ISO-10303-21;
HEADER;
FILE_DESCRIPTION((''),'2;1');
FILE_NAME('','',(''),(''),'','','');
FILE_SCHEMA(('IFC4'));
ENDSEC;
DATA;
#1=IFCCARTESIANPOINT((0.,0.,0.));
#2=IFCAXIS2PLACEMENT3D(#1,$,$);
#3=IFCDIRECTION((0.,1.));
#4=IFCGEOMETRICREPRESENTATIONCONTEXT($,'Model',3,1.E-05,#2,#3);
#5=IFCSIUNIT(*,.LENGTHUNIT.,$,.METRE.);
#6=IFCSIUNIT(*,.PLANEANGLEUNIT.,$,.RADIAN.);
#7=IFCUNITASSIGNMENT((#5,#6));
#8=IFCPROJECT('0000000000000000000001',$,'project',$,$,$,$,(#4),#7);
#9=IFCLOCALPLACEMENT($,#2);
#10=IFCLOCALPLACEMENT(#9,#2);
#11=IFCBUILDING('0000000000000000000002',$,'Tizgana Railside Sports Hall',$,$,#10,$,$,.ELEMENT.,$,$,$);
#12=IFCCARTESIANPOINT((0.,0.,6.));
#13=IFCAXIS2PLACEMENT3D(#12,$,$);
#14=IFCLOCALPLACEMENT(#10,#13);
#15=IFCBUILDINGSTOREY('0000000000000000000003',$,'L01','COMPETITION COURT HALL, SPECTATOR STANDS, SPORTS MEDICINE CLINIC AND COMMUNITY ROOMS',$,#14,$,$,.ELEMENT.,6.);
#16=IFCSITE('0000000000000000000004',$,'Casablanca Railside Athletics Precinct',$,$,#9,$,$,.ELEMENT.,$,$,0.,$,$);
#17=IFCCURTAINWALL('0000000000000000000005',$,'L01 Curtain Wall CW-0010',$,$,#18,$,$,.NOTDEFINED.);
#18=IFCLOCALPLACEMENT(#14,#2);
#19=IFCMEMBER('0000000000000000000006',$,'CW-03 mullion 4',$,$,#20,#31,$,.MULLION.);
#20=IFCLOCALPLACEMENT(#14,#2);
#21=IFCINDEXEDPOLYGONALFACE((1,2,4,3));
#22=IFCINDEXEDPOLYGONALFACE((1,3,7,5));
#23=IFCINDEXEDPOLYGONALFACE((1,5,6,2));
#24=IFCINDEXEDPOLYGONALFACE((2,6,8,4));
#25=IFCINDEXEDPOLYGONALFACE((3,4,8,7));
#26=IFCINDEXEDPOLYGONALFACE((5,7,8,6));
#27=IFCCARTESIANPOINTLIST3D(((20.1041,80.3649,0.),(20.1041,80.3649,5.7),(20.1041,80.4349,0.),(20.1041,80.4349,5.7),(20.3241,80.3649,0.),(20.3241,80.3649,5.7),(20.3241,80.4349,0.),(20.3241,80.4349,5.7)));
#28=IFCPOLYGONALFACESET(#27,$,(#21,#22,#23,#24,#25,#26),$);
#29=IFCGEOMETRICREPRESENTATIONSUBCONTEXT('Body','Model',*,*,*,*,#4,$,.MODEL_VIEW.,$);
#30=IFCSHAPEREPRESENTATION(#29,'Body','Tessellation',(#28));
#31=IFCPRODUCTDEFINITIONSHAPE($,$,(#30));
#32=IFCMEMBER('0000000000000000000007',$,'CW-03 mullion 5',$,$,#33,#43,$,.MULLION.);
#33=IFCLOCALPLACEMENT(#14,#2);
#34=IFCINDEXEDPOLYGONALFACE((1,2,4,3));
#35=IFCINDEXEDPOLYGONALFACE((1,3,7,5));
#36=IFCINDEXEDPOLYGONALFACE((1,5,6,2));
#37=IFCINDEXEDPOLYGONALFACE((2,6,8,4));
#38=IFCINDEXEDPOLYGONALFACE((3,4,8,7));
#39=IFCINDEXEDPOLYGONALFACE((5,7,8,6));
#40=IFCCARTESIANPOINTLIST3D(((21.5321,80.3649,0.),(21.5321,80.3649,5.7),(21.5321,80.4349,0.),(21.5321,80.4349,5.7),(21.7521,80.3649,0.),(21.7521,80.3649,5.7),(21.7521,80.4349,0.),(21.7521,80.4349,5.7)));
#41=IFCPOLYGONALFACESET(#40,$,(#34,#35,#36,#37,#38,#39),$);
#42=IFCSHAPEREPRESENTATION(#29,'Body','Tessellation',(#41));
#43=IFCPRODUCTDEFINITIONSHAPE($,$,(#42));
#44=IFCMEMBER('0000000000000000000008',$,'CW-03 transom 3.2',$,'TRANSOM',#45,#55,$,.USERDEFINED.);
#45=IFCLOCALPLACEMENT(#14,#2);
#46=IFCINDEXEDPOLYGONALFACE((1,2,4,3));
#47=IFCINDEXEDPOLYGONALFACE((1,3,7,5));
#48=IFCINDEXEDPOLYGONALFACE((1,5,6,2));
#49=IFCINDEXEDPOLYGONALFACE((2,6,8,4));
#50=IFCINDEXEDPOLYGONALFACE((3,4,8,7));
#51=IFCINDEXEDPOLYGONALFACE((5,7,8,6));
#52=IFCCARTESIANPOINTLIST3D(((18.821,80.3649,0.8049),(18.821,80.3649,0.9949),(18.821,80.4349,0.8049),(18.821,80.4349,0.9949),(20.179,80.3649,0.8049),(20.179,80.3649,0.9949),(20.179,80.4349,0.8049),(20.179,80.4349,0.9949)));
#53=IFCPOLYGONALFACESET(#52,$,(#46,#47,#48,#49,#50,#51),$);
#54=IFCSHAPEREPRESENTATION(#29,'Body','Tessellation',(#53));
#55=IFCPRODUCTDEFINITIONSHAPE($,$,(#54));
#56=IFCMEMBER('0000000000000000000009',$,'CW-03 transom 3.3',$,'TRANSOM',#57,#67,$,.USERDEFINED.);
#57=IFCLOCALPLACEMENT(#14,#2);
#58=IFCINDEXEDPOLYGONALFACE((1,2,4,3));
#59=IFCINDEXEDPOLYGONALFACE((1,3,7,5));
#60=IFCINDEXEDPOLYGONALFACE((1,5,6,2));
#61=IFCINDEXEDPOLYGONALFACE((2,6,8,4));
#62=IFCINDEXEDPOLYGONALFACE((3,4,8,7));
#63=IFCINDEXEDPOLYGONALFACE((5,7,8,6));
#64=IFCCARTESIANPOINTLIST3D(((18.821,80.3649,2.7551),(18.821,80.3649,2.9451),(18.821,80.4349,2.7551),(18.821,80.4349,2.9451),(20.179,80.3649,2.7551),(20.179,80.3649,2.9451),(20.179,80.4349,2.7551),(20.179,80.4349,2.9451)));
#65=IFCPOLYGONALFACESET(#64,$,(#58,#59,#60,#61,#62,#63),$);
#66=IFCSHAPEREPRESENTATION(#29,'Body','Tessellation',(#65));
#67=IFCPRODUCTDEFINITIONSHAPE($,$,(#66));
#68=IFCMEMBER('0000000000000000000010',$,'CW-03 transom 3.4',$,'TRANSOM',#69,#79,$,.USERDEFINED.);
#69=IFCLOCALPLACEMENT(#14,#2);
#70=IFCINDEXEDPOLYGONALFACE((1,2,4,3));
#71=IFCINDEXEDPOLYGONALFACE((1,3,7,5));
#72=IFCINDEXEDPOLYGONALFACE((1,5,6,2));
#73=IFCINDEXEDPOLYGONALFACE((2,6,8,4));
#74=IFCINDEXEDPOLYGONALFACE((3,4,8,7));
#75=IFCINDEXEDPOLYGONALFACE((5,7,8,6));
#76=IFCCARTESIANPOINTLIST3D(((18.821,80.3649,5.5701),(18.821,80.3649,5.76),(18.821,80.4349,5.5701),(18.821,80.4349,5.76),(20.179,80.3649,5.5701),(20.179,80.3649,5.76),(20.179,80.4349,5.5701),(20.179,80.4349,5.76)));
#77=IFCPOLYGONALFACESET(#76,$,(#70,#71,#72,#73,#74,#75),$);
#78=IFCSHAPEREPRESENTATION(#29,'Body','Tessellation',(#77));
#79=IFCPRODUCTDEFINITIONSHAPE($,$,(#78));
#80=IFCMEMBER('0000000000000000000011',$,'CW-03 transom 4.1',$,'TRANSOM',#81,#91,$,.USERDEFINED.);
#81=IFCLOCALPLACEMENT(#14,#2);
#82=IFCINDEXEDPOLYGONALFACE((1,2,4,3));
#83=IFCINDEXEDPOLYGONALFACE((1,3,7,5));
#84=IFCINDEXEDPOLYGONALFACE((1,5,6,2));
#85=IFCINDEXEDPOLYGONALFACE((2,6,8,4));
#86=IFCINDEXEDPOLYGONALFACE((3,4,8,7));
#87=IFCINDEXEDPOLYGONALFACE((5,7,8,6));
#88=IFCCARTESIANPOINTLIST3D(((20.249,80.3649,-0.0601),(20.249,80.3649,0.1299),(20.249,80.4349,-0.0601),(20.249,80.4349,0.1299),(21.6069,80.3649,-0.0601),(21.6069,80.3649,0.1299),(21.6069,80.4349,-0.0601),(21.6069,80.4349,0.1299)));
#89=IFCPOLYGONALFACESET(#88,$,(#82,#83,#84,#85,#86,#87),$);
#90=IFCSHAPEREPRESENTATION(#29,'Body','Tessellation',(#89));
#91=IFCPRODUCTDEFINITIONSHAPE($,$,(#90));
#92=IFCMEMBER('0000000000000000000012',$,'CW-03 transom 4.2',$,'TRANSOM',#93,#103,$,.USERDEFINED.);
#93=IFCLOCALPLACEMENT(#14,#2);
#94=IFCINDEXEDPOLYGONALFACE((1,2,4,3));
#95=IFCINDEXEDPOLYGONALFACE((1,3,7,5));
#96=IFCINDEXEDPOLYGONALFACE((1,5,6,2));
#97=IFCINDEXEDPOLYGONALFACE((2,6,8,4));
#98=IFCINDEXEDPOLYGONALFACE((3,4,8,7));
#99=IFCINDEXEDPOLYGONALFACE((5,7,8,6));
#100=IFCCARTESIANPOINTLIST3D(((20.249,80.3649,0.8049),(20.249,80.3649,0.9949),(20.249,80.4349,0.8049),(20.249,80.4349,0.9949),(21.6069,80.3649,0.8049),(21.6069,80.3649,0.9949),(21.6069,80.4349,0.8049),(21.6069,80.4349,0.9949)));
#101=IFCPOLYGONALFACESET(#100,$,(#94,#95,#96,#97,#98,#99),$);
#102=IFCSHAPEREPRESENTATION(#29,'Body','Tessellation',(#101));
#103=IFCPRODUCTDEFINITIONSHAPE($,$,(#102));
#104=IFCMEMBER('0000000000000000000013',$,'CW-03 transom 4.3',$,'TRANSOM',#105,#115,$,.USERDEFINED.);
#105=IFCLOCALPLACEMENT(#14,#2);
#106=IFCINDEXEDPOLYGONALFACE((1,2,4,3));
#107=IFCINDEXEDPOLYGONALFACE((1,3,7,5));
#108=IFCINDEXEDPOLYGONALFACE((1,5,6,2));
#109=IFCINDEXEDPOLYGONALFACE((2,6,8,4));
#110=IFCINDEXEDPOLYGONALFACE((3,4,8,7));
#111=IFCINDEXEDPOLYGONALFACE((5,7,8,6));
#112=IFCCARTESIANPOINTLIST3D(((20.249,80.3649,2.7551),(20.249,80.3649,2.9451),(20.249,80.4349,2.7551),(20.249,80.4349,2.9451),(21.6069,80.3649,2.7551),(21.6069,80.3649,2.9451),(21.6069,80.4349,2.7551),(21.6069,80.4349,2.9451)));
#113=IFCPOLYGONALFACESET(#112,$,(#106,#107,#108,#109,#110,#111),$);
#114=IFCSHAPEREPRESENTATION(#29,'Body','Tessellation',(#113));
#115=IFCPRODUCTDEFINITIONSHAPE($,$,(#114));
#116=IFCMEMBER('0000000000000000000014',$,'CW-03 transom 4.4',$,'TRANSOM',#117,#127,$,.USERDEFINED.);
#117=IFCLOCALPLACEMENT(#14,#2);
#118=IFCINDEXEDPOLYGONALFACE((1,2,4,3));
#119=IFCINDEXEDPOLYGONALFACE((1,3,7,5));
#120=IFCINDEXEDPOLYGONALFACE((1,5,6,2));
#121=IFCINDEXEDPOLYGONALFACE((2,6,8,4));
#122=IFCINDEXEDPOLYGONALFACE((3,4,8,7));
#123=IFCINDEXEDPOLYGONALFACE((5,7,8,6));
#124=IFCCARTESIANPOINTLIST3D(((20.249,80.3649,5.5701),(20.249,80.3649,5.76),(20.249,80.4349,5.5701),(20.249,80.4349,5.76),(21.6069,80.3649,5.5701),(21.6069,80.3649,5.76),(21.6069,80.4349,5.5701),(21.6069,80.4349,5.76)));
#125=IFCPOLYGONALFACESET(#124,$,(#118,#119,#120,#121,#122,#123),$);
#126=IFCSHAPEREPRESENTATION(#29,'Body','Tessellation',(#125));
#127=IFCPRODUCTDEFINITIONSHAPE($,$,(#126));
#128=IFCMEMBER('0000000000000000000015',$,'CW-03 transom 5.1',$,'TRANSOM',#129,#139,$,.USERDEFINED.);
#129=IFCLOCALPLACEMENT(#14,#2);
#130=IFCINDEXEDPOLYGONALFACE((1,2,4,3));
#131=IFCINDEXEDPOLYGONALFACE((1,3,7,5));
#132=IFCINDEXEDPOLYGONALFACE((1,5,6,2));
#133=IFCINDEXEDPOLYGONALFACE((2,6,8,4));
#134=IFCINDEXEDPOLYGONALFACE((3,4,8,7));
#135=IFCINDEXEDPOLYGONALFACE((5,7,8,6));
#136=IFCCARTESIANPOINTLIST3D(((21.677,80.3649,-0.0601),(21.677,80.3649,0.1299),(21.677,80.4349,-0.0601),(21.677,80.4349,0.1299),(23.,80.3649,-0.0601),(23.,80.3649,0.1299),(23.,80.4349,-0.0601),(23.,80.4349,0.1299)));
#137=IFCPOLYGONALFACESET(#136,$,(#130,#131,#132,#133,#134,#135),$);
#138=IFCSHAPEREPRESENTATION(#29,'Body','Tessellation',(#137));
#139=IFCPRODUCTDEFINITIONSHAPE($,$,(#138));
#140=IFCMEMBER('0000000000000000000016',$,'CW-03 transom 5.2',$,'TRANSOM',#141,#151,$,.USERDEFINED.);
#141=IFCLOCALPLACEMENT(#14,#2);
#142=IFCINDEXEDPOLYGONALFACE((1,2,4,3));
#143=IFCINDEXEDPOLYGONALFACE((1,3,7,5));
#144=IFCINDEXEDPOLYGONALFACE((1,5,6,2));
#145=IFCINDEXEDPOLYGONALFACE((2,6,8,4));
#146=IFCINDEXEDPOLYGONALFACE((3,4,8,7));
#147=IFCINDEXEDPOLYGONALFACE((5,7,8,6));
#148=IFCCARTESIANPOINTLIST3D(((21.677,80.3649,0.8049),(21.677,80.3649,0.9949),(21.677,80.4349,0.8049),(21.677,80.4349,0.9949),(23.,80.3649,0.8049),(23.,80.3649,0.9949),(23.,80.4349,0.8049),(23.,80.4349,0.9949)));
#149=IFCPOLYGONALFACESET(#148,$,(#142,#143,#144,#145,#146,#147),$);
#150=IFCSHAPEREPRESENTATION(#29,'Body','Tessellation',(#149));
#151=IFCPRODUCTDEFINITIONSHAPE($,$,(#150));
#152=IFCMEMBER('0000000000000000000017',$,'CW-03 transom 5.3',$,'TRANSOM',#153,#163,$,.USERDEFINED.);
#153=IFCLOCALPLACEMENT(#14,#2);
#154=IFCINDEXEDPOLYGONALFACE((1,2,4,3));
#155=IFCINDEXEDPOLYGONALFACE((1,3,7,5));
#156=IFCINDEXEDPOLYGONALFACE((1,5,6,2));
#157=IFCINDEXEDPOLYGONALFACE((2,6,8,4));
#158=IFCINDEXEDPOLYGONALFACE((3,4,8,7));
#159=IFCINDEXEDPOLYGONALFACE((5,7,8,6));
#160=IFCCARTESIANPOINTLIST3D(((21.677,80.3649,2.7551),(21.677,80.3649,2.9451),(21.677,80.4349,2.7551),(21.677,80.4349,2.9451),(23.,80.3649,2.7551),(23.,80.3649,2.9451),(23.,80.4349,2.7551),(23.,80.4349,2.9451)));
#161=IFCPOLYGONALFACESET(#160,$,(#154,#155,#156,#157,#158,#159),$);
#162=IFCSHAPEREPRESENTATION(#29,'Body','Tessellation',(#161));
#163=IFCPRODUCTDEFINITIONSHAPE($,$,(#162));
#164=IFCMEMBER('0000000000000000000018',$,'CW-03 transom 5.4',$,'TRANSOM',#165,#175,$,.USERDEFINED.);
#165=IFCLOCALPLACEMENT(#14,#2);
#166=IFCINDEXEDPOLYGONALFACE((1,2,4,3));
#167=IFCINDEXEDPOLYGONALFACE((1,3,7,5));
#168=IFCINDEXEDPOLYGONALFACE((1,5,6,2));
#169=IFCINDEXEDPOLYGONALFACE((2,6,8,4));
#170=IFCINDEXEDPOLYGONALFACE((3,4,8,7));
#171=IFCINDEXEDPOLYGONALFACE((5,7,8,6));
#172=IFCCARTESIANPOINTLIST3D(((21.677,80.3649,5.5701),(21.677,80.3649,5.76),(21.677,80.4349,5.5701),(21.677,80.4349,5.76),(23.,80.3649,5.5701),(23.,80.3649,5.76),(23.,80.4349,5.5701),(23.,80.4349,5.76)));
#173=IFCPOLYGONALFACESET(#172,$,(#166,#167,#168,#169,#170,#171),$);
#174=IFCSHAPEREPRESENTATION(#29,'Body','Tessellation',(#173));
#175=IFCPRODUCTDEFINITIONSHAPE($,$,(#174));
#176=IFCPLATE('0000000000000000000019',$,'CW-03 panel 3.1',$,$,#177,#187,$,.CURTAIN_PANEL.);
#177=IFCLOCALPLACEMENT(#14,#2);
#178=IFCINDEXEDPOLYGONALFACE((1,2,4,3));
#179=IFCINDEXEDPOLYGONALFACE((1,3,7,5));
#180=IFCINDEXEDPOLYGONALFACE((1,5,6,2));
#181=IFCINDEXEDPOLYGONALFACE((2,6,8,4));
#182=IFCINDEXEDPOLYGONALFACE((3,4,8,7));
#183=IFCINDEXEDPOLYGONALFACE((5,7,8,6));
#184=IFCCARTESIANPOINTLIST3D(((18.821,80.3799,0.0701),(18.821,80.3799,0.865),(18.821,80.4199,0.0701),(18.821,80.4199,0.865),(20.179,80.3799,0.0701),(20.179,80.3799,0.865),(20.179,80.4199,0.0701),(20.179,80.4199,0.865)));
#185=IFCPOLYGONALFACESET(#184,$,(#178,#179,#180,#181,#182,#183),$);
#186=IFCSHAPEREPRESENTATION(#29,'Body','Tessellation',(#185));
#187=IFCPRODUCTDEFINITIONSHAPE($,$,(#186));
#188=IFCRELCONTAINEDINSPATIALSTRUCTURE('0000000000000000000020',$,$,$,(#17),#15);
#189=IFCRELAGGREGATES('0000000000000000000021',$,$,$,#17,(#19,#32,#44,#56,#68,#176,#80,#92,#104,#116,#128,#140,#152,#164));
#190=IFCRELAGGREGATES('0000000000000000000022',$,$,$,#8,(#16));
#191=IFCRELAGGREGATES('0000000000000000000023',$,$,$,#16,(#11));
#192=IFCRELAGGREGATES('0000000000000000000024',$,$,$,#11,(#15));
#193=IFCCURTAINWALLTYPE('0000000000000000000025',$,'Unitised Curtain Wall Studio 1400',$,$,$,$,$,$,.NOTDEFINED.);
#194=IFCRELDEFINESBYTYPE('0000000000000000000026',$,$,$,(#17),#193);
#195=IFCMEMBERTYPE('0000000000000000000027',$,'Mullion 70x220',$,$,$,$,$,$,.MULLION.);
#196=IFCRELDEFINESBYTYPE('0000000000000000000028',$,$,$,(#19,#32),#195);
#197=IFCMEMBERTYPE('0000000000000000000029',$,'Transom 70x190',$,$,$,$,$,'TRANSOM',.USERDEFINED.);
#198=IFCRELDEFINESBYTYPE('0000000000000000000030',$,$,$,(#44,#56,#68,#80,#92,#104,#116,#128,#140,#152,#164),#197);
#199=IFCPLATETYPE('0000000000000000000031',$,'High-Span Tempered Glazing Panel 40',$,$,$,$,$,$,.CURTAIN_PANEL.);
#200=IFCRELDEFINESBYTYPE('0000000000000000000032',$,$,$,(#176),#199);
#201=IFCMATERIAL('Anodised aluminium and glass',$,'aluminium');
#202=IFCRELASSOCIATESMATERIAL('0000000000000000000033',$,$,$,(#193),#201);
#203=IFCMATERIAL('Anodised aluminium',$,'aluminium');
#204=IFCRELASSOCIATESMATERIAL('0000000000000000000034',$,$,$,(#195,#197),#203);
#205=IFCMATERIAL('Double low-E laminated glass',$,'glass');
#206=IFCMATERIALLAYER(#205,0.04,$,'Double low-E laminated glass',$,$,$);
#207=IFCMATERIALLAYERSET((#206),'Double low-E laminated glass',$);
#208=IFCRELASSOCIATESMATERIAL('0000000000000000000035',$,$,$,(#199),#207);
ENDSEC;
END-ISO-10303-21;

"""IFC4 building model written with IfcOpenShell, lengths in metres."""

from ifc_helpers import new_model, si_unit, direction, frame, origin, origin_2d, place, context, subcontext, project, spatial, rectangle, extrude, material, layer, layer_set, material_profile, profile_set, type_object, element, aggregate, save


model = new_model("IFC4")

# Units and contexts
model_context = context("Model", 3, precision=1e-05, world=origin(), true_north=direction((0.0, 1.0)))
body_context = subcontext(model_context, "Body", "Model", "MODEL_VIEW")
ifc_project = project(units=[si_unit("LENGTHUNIT", "METRE"), si_unit("PLANEANGLEUNIT", "RADIAN")], contexts=[model_context])

# Site, building, storey
site_placement = place(None, origin())
site = spatial("IfcSite", under=ifc_project, at=site_placement, Name="Casablanca Railside Athletics Precinct", CompositionType="ELEMENT", RefElevation=0.0)
building_placement = place(site_placement, origin())
building = spatial("IfcBuilding", under=site, at=building_placement, Name="Tizgana Railside Sports Hall", CompositionType="ELEMENT")
storey_placement = place(building_placement, frame((0.0, 0.0, 6.0)))
storey = spatial("IfcBuildingStorey", under=building, at=storey_placement, Name="L01", Description="COMPETITION COURT HALL, SPECTATOR STANDS, SPORTS MEDICINE CLINIC AND COMMUNITY ROOMS", CompositionType="ELEMENT", Elevation=6.0)

# Curtain wall, members, plate
ifc_material_1 = material(Name="Anodised aluminium and glass", Category="aluminium")
curtain_wall_type = type_object("IfcCurtainWallType", Name="Unitised Curtain Wall Studio 1400", PredefinedType="NOTDEFINED", material=ifc_material_1)
curtain_wall_placement = place(storey_placement, origin())
curtain_wall = element("IfcCurtainWall", 1, at=curtain_wall_placement, inside=storey, type_object=curtain_wall_type, Name="L01 Curtain Wall CW-0010", PredefinedType="NOTDEFINED")
ifc_material_2 = material(Name="Anodised aluminium", Category="aluminium")
ifc_material_profile_1 = material_profile(ifc_material_2, rectangle(XDim=0.0701, YDim=0.22, at=origin_2d()), Name="Mullion 70x220")
ifc_profile_set_1 = profile_set([ifc_material_profile_1], Name="Anodised aluminium")
member_type_1 = type_object("IfcMemberType", Name="Mullion 70x220", PredefinedType="MULLION", material=ifc_profile_set_1)
member_1_placement = place(storey_placement, frame((20.2141, 80.3999, 0.0), z_axis=(0.0, 0.0, 1.0), x_axis=(0.0, 1.0, 0.0)))
member_1 = element("IfcMember", 2, at=member_1_placement, type_object=member_type_1, Name="CW-03 mullion 4", PredefinedType="MULLION", context=body_context, shape_type="SweptSolid", body=[
    extrude(rectangle(XDim=0.0701, YDim=0.22, at=origin_2d()), origin(), (0.0, 0.0, 1.0), 5.7),
])
member_2_placement = place(storey_placement, frame((21.6421, 80.3999, 0.0), z_axis=(0.0, 0.0, 1.0), x_axis=(0.0, 1.0, 0.0)))
member_2 = element("IfcMember", 3, at=member_2_placement, type_object=member_type_1, Name="CW-03 mullion 5", PredefinedType="MULLION", context=body_context, shape_type="SweptSolid", body=[
    extrude(rectangle(XDim=0.0701, YDim=0.22, at=origin_2d()), origin(), (0.0, 0.0, 1.0), 5.7),
])
ifc_material_profile_2 = material_profile(ifc_material_2, rectangle(XDim=0.0701, YDim=0.1899, at=origin_2d()), Name="Transom 70x190")
ifc_profile_set_2 = profile_set([ifc_material_profile_2], Name="Anodised aluminium")
member_type_2 = type_object("IfcMemberType", Name="Transom 70x190", ElementType="TRANSOM", PredefinedType="USERDEFINED", material=ifc_profile_set_2)
member_3_placement = place(storey_placement, frame((18.821, 80.3999, 0.8999), z_axis=(1.0, 0.0, 0.0), x_axis=(0.0, 1.0, 0.0)))
member_3 = element("IfcMember", 4, at=member_3_placement, type_object=member_type_2, Name="CW-03 transom 3.2", ObjectType="TRANSOM", PredefinedType="USERDEFINED", context=body_context, shape_type="SweptSolid", body=[
    extrude(rectangle(XDim=0.0701, YDim=0.1899, at=origin_2d()), origin(), (0.0, 0.0, 1.0), 1.3579),
])
member_4_placement = place(storey_placement, frame((18.821, 80.3999, 2.8501), z_axis=(1.0, 0.0, 0.0), x_axis=(0.0, 1.0, 0.0)))
member_4 = element("IfcMember", 5, at=member_4_placement, type_object=member_type_2, Name="CW-03 transom 3.3", ObjectType="TRANSOM", PredefinedType="USERDEFINED", context=body_context, shape_type="SweptSolid", body=[
    extrude(rectangle(XDim=0.0701, YDim=0.1899, at=origin_2d()), origin(), (0.0, 0.0, 1.0), 1.3579),
])
member_5_placement = place(storey_placement, frame((18.821, 80.3999, 5.665), z_axis=(1.0, 0.0, 0.0), x_axis=(0.0, 1.0, 0.0)))
member_5 = element("IfcMember", 6, at=member_5_placement, type_object=member_type_2, Name="CW-03 transom 3.4", ObjectType="TRANSOM", PredefinedType="USERDEFINED", context=body_context, shape_type="SweptSolid", body=[
    extrude(rectangle(XDim=0.0701, YDim=0.1899, at=origin_2d()), origin(), (0.0, 0.0, 1.0), 1.3579),
])
member_6_placement = place(storey_placement, frame((20.249, 80.3999, 0.0349), z_axis=(1.0, 0.0, 0.0), x_axis=(0.0, 1.0, 0.0)))
member_6 = element("IfcMember", 7, at=member_6_placement, type_object=member_type_2, Name="CW-03 transom 4.1", ObjectType="TRANSOM", PredefinedType="USERDEFINED", context=body_context, shape_type="SweptSolid", body=[
    extrude(rectangle(XDim=0.0701, YDim=0.1899, at=origin_2d()), origin(), (0.0, 0.0, 1.0), 1.3579),
])
member_7_placement = place(storey_placement, frame((20.249, 80.3999, 0.8999), z_axis=(1.0, 0.0, 0.0), x_axis=(0.0, 1.0, 0.0)))
member_7 = element("IfcMember", 8, at=member_7_placement, type_object=member_type_2, Name="CW-03 transom 4.2", ObjectType="TRANSOM", PredefinedType="USERDEFINED", context=body_context, shape_type="SweptSolid", body=[
    extrude(rectangle(XDim=0.0701, YDim=0.1899, at=origin_2d()), origin(), (0.0, 0.0, 1.0), 1.3579),
])
member_8_placement = place(storey_placement, frame((20.249, 80.3999, 2.8501), z_axis=(1.0, 0.0, 0.0), x_axis=(0.0, 1.0, 0.0)))
member_8 = element("IfcMember", 9, at=member_8_placement, type_object=member_type_2, Name="CW-03 transom 4.3", ObjectType="TRANSOM", PredefinedType="USERDEFINED", context=body_context, shape_type="SweptSolid", body=[
    extrude(rectangle(XDim=0.0701, YDim=0.1899, at=origin_2d()), origin(), (0.0, 0.0, 1.0), 1.3579),
])
member_9_placement = place(storey_placement, frame((20.249, 80.3999, 5.665), z_axis=(1.0, 0.0, 0.0), x_axis=(0.0, 1.0, 0.0)))
member_9 = element("IfcMember", 10, at=member_9_placement, type_object=member_type_2, Name="CW-03 transom 4.4", ObjectType="TRANSOM", PredefinedType="USERDEFINED", context=body_context, shape_type="SweptSolid", body=[
    extrude(rectangle(XDim=0.0701, YDim=0.1899, at=origin_2d()), origin(), (0.0, 0.0, 1.0), 1.3579),
])
member_10_placement = place(storey_placement, frame((21.677, 80.3999, 0.0349), z_axis=(1.0, 0.0, 0.0), x_axis=(0.0, 1.0, 0.0)))
member_10 = element("IfcMember", 11, at=member_10_placement, type_object=member_type_2, Name="CW-03 transom 5.1", ObjectType="TRANSOM", PredefinedType="USERDEFINED", context=body_context, shape_type="SweptSolid", body=[
    extrude(rectangle(XDim=0.0701, YDim=0.1899, at=origin_2d()), origin(), (0.0, 0.0, 1.0), 1.323),
])
member_11_placement = place(storey_placement, frame((21.677, 80.3999, 0.8999), z_axis=(1.0, 0.0, 0.0), x_axis=(0.0, 1.0, 0.0)))
member_11 = element("IfcMember", 12, at=member_11_placement, type_object=member_type_2, Name="CW-03 transom 5.2", ObjectType="TRANSOM", PredefinedType="USERDEFINED", context=body_context, shape_type="SweptSolid", body=[
    extrude(rectangle(XDim=0.0701, YDim=0.1899, at=origin_2d()), origin(), (0.0, 0.0, 1.0), 1.323),
])
member_12_placement = place(storey_placement, frame((21.677, 80.3999, 2.8501), z_axis=(1.0, 0.0, 0.0), x_axis=(0.0, 1.0, 0.0)))
member_12 = element("IfcMember", 13, at=member_12_placement, type_object=member_type_2, Name="CW-03 transom 5.3", ObjectType="TRANSOM", PredefinedType="USERDEFINED", context=body_context, shape_type="SweptSolid", body=[
    extrude(rectangle(XDim=0.0701, YDim=0.1899, at=origin_2d()), origin(), (0.0, 0.0, 1.0), 1.323),
])
member_13_placement = place(storey_placement, frame((21.677, 80.3999, 5.665), z_axis=(1.0, 0.0, 0.0), x_axis=(0.0, 1.0, 0.0)))
member_13 = element("IfcMember", 14, at=member_13_placement, type_object=member_type_2, Name="CW-03 transom 5.4", ObjectType="TRANSOM", PredefinedType="USERDEFINED", context=body_context, shape_type="SweptSolid", body=[
    extrude(rectangle(XDim=0.0701, YDim=0.1899, at=origin_2d()), origin(), (0.0, 0.0, 1.0), 1.323),
])
ifc_material_3 = material(Name="Double low-E laminated glass", Category="glass")
ifc_layer_1 = layer(ifc_material_3, 0.04, Name="Double low-E laminated glass")
ifc_layer_set_1 = layer_set([ifc_layer_1], Name="Double low-E laminated glass")
plate_type = type_object("IfcPlateType", Name="High-Span Tempered Glazing Panel 40", PredefinedType="CURTAIN_PANEL", material=ifc_layer_set_1)
plate_1_placement = place(storey_placement, frame((19.5, 80.3999, 0.0701), z_axis=(0.0, 0.0, 1.0), x_axis=(1.0, 0.0, 0.0)))
plate_1 = element("IfcPlate", 15, at=plate_1_placement, type_object=plate_type, Name="CW-03 panel 3.1", PredefinedType="CURTAIN_PANEL", context=body_context, shape_type="SweptSolid", body=[
    extrude(rectangle(XDim=1.3579, YDim=0.04, at=origin_2d()), origin(), (0.0, 0.0, 1.0), 0.7949),
])
aggregate(curtain_wall, [member_1, member_2, member_3, member_4, member_5, plate_1, member_6, member_7, member_8, member_9, member_10, member_11, member_12, member_13])

save(model, "model.ifc")
